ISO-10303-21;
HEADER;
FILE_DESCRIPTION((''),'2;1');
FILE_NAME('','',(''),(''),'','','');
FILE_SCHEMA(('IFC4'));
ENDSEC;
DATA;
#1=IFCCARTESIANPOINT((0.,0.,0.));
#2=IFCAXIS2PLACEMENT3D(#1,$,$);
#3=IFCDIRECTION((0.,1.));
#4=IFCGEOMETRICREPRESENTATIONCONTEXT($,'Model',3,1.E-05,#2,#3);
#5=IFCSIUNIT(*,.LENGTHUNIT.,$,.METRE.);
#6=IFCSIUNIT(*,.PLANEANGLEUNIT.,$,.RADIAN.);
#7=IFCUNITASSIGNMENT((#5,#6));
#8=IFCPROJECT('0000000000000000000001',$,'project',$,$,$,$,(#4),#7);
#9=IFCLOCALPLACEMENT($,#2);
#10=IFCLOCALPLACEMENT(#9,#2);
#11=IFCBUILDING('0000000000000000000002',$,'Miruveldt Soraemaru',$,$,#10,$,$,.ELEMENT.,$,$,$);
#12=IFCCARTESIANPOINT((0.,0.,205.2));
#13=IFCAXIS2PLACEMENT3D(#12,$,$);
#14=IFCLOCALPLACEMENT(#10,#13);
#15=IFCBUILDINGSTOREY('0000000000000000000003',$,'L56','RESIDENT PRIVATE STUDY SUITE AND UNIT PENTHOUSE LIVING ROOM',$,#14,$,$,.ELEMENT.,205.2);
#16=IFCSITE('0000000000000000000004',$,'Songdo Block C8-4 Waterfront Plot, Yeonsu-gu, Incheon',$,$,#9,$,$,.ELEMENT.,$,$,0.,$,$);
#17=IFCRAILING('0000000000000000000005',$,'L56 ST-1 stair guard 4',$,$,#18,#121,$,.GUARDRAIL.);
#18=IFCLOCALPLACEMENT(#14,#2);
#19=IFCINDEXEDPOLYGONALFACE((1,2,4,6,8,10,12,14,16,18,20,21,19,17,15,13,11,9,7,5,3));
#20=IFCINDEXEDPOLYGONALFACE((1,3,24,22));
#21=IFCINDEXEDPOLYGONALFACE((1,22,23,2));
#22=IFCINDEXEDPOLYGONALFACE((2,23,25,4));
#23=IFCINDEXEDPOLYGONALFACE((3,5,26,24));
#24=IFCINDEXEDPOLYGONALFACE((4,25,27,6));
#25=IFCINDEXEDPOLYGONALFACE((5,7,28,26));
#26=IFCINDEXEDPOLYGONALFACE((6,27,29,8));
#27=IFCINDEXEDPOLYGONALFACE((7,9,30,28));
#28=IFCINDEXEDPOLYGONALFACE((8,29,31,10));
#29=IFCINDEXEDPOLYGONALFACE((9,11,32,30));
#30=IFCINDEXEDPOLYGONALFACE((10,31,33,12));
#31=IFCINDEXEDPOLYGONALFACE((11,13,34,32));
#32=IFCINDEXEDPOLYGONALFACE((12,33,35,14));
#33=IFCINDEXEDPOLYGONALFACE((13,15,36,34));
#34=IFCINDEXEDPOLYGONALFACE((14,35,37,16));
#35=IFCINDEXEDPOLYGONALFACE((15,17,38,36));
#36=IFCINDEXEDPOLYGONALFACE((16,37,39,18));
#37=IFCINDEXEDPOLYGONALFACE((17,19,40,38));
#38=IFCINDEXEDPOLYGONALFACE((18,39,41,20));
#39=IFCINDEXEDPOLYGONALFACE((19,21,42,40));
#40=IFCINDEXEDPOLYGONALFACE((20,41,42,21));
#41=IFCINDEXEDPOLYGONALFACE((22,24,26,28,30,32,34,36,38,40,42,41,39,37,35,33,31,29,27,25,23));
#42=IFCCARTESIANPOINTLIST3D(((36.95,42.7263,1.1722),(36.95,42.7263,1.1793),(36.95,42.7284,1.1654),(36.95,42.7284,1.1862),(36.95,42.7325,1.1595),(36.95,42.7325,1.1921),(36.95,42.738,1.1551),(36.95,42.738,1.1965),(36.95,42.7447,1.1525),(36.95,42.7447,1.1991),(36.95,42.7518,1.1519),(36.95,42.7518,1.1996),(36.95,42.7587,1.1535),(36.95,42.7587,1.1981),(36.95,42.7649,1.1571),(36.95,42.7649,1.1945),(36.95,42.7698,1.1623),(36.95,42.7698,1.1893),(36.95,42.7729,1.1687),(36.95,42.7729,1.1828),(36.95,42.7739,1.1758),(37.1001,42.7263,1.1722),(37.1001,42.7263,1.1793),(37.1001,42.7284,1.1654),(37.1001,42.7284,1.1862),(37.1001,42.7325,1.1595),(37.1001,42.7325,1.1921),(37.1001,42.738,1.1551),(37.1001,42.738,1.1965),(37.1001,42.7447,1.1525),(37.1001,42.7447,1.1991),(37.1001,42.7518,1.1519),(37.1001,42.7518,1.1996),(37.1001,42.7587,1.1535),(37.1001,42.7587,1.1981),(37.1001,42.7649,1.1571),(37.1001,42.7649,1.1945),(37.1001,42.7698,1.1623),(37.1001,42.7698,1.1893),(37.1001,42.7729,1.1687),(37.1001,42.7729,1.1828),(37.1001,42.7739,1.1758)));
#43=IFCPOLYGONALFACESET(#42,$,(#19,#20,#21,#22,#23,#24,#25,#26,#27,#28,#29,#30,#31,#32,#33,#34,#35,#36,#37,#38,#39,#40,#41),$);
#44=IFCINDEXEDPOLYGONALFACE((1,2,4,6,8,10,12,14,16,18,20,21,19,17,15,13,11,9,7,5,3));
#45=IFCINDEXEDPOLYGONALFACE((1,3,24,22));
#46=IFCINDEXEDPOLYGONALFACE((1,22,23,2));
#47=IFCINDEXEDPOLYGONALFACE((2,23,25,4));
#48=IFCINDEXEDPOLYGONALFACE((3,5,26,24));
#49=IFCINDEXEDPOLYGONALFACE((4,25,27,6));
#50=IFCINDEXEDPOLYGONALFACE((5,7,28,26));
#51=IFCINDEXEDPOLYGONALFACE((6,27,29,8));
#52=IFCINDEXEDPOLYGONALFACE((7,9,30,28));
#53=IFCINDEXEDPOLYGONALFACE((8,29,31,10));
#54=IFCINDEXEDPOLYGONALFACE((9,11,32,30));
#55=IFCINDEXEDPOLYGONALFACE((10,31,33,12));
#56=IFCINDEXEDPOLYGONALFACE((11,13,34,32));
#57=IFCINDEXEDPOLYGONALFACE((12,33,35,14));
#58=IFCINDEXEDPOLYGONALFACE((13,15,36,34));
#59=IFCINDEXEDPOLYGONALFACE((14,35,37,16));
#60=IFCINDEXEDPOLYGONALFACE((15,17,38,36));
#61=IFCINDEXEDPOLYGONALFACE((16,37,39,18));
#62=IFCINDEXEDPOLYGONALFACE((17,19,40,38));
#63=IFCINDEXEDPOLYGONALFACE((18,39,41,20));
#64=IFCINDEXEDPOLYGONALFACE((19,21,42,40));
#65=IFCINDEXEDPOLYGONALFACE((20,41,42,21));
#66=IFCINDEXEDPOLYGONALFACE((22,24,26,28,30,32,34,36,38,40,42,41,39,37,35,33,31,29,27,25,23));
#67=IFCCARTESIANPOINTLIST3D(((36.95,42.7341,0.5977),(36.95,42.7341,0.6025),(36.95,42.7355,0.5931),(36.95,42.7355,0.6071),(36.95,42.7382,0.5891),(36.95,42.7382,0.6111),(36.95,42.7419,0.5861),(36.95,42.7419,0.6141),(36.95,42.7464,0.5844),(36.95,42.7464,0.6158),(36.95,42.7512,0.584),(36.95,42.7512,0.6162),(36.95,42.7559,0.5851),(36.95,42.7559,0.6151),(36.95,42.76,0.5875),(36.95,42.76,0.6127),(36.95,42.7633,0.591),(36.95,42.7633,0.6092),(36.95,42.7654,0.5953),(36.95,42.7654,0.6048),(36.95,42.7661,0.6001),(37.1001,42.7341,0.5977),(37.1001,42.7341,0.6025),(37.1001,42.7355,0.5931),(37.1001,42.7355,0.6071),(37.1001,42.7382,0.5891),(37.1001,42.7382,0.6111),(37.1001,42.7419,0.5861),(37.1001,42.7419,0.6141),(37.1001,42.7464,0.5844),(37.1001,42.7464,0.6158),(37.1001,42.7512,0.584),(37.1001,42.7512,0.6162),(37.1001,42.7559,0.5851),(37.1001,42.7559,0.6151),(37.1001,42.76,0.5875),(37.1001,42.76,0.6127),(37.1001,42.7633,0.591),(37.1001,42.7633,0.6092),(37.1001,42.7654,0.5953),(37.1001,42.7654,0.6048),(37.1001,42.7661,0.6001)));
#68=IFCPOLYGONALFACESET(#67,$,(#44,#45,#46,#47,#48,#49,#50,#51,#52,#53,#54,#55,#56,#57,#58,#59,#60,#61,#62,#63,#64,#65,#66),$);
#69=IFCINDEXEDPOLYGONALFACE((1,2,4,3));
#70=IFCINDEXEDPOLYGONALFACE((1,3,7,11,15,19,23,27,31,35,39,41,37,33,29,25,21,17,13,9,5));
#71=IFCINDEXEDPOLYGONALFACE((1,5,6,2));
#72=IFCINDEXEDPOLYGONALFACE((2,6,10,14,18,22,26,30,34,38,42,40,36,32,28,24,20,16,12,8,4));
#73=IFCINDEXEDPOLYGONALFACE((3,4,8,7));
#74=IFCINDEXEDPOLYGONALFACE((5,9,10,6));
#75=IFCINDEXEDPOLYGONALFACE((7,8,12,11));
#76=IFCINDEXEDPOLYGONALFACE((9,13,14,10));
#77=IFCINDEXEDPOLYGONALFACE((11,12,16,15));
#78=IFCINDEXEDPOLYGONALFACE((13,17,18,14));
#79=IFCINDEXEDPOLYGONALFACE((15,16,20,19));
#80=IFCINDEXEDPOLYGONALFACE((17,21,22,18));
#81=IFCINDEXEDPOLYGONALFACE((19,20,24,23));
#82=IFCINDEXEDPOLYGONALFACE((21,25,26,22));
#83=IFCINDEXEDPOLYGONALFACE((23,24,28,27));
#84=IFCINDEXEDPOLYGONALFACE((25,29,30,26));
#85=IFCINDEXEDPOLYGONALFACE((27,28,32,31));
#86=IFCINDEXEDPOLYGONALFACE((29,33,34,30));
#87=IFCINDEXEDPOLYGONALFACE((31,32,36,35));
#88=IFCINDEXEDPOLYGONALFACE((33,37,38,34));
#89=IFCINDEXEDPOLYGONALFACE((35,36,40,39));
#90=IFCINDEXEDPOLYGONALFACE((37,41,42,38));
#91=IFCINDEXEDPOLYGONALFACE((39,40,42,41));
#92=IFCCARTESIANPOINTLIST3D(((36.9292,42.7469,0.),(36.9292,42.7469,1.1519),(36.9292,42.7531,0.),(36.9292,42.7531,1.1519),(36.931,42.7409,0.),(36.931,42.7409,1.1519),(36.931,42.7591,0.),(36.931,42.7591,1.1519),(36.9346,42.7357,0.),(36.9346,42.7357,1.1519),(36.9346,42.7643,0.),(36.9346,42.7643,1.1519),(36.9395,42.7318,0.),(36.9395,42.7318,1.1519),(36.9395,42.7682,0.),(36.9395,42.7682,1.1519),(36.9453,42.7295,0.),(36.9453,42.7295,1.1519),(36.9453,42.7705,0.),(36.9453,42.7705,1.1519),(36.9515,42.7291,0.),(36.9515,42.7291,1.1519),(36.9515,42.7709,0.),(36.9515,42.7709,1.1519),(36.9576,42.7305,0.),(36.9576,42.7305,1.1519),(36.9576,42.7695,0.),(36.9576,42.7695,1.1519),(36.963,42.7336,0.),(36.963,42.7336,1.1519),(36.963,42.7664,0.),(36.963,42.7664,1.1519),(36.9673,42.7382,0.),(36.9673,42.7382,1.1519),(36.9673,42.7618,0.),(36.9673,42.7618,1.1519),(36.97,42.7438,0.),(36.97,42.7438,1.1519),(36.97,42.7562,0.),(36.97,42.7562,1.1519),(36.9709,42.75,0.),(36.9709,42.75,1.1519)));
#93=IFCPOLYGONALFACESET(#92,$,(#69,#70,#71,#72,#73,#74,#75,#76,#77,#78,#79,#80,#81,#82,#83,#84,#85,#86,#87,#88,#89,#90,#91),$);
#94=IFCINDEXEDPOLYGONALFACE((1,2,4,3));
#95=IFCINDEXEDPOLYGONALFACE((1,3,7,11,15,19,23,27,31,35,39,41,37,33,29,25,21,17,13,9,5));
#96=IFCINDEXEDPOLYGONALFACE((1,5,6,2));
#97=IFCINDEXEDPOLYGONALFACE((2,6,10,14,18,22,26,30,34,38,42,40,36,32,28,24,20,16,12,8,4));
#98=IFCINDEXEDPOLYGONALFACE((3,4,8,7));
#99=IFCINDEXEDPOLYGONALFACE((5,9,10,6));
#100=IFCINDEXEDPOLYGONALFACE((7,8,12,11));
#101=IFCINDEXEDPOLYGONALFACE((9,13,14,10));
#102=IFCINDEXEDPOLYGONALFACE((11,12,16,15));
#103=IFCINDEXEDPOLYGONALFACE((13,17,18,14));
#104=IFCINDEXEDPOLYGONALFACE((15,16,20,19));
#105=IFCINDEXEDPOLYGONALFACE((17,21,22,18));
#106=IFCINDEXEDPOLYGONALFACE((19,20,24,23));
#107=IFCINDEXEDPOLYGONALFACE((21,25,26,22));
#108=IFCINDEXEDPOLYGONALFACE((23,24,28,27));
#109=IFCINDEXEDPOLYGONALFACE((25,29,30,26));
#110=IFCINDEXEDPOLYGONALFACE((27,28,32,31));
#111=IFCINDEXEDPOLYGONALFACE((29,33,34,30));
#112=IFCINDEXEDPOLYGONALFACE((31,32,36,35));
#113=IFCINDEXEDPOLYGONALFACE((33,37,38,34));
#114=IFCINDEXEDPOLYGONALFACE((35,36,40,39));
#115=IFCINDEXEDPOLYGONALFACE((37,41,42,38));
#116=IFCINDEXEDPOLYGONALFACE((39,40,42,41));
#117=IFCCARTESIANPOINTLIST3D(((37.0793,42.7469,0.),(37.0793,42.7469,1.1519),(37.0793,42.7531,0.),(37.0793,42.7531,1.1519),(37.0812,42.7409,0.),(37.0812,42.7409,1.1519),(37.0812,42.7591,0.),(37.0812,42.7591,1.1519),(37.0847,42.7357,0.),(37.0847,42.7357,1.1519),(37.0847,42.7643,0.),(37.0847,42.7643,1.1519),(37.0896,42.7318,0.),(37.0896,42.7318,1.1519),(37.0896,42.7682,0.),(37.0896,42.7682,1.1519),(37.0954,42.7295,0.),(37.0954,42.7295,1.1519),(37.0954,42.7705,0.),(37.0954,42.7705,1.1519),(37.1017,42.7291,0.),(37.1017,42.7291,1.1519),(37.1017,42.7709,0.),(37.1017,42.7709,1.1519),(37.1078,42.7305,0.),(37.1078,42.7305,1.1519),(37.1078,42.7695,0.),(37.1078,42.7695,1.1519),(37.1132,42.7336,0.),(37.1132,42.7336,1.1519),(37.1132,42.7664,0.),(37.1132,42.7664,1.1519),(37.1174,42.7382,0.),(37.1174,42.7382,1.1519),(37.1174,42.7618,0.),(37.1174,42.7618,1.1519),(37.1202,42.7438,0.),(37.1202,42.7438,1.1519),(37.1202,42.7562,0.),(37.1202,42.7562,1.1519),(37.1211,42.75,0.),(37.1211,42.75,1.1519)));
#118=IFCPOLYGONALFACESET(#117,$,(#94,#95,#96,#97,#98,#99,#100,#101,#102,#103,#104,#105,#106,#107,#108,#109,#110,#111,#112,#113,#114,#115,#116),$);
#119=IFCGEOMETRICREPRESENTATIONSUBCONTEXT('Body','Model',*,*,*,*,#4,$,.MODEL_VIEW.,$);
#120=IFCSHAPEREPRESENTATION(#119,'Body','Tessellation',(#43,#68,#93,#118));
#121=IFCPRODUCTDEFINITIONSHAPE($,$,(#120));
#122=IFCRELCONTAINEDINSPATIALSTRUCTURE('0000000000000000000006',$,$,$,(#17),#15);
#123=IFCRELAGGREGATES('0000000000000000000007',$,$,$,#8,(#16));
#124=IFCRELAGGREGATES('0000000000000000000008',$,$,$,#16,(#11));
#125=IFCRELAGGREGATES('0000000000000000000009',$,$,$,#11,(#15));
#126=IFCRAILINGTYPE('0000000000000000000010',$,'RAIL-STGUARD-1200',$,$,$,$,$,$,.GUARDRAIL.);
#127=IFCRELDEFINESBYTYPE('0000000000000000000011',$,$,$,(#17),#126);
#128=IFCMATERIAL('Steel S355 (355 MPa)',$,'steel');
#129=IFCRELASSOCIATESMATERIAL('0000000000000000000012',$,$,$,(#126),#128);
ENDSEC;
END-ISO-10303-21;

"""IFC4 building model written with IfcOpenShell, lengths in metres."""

from ifc_helpers import new_model, si_unit, direction, frame, origin, origin_2d, place, context, subcontext, project, spatial, circle, extrude, material, type_object, element, save


model = new_model("IFC4")

# Units and contexts
model_context = context("Model", 3, precision=1e-05, world=origin(), true_north=direction((0.0, 1.0)))
body_context = subcontext(model_context, "Body", "Model", "MODEL_VIEW")
ifc_project = project(units=[si_unit("LENGTHUNIT", "METRE"), si_unit("PLANEANGLEUNIT", "RADIAN")], contexts=[model_context])

# Site, building, storey
site_placement = place(None, origin())
site = spatial("IfcSite", under=ifc_project, at=site_placement, Name="Songdo Block C8-4 Waterfront Plot, Yeonsu-gu, Incheon", CompositionType="ELEMENT", RefElevation=0.0)
building_placement = place(site_placement, origin())
building = spatial("IfcBuilding", under=site, at=building_placement, Name="Miruveldt Soraemaru", CompositionType="ELEMENT")
storey_placement = place(building_placement, frame((0.0, 0.0, 205.2)))
storey = spatial("IfcBuildingStorey", under=building, at=storey_placement, Name="L56", Description="RESIDENT PRIVATE STUDY SUITE AND UNIT PENTHOUSE LIVING ROOM", CompositionType="ELEMENT", Elevation=205.2)

# Railing
ifc_material_1 = material(Name="Steel S355 (355 MPa)", Category="steel")
railing_type_1 = type_object("IfcRailingType", Name="RAIL-STGUARD-1200", PredefinedType="GUARDRAIL", material=ifc_material_1)
railing_1_placement = place(storey_placement, frame((36.95, 42.75, 0.0)))
element("IfcRailing", 1, at=railing_1_placement, inside=storey, type_object=railing_type_1, Name="L56 ST-1 stair guard 4", PredefinedType="GUARDRAIL", context=body_context, shape_type="SweptSolid", body=[
    extrude(circle(Radius=0.0239, at=origin_2d()), frame((0.0, 0.0, 1.1758), z_axis=(1.0, 0.0, 0.0), x_axis=(0.0, 1.0, 0.0)), (0.0, 0.0, 1.0), 0.1501),
    extrude(circle(Radius=0.0161, at=origin_2d()), frame((0.0, 0.0, 0.6001), z_axis=(1.0, 0.0, 0.0), x_axis=(0.0, 1.0, 0.0)), (0.0, 0.0, 1.0), 0.1501),
    extrude(circle(Radius=0.021, at=origin_2d()), origin(), (0.0, 0.0, 1.0), 1.1519),
    extrude(circle(Radius=0.021, at=origin_2d()), frame((0.1501, 0.0, 0.0)), (0.0, 0.0, 1.0), 1.1519),
])

save(model, "model.ifc")
